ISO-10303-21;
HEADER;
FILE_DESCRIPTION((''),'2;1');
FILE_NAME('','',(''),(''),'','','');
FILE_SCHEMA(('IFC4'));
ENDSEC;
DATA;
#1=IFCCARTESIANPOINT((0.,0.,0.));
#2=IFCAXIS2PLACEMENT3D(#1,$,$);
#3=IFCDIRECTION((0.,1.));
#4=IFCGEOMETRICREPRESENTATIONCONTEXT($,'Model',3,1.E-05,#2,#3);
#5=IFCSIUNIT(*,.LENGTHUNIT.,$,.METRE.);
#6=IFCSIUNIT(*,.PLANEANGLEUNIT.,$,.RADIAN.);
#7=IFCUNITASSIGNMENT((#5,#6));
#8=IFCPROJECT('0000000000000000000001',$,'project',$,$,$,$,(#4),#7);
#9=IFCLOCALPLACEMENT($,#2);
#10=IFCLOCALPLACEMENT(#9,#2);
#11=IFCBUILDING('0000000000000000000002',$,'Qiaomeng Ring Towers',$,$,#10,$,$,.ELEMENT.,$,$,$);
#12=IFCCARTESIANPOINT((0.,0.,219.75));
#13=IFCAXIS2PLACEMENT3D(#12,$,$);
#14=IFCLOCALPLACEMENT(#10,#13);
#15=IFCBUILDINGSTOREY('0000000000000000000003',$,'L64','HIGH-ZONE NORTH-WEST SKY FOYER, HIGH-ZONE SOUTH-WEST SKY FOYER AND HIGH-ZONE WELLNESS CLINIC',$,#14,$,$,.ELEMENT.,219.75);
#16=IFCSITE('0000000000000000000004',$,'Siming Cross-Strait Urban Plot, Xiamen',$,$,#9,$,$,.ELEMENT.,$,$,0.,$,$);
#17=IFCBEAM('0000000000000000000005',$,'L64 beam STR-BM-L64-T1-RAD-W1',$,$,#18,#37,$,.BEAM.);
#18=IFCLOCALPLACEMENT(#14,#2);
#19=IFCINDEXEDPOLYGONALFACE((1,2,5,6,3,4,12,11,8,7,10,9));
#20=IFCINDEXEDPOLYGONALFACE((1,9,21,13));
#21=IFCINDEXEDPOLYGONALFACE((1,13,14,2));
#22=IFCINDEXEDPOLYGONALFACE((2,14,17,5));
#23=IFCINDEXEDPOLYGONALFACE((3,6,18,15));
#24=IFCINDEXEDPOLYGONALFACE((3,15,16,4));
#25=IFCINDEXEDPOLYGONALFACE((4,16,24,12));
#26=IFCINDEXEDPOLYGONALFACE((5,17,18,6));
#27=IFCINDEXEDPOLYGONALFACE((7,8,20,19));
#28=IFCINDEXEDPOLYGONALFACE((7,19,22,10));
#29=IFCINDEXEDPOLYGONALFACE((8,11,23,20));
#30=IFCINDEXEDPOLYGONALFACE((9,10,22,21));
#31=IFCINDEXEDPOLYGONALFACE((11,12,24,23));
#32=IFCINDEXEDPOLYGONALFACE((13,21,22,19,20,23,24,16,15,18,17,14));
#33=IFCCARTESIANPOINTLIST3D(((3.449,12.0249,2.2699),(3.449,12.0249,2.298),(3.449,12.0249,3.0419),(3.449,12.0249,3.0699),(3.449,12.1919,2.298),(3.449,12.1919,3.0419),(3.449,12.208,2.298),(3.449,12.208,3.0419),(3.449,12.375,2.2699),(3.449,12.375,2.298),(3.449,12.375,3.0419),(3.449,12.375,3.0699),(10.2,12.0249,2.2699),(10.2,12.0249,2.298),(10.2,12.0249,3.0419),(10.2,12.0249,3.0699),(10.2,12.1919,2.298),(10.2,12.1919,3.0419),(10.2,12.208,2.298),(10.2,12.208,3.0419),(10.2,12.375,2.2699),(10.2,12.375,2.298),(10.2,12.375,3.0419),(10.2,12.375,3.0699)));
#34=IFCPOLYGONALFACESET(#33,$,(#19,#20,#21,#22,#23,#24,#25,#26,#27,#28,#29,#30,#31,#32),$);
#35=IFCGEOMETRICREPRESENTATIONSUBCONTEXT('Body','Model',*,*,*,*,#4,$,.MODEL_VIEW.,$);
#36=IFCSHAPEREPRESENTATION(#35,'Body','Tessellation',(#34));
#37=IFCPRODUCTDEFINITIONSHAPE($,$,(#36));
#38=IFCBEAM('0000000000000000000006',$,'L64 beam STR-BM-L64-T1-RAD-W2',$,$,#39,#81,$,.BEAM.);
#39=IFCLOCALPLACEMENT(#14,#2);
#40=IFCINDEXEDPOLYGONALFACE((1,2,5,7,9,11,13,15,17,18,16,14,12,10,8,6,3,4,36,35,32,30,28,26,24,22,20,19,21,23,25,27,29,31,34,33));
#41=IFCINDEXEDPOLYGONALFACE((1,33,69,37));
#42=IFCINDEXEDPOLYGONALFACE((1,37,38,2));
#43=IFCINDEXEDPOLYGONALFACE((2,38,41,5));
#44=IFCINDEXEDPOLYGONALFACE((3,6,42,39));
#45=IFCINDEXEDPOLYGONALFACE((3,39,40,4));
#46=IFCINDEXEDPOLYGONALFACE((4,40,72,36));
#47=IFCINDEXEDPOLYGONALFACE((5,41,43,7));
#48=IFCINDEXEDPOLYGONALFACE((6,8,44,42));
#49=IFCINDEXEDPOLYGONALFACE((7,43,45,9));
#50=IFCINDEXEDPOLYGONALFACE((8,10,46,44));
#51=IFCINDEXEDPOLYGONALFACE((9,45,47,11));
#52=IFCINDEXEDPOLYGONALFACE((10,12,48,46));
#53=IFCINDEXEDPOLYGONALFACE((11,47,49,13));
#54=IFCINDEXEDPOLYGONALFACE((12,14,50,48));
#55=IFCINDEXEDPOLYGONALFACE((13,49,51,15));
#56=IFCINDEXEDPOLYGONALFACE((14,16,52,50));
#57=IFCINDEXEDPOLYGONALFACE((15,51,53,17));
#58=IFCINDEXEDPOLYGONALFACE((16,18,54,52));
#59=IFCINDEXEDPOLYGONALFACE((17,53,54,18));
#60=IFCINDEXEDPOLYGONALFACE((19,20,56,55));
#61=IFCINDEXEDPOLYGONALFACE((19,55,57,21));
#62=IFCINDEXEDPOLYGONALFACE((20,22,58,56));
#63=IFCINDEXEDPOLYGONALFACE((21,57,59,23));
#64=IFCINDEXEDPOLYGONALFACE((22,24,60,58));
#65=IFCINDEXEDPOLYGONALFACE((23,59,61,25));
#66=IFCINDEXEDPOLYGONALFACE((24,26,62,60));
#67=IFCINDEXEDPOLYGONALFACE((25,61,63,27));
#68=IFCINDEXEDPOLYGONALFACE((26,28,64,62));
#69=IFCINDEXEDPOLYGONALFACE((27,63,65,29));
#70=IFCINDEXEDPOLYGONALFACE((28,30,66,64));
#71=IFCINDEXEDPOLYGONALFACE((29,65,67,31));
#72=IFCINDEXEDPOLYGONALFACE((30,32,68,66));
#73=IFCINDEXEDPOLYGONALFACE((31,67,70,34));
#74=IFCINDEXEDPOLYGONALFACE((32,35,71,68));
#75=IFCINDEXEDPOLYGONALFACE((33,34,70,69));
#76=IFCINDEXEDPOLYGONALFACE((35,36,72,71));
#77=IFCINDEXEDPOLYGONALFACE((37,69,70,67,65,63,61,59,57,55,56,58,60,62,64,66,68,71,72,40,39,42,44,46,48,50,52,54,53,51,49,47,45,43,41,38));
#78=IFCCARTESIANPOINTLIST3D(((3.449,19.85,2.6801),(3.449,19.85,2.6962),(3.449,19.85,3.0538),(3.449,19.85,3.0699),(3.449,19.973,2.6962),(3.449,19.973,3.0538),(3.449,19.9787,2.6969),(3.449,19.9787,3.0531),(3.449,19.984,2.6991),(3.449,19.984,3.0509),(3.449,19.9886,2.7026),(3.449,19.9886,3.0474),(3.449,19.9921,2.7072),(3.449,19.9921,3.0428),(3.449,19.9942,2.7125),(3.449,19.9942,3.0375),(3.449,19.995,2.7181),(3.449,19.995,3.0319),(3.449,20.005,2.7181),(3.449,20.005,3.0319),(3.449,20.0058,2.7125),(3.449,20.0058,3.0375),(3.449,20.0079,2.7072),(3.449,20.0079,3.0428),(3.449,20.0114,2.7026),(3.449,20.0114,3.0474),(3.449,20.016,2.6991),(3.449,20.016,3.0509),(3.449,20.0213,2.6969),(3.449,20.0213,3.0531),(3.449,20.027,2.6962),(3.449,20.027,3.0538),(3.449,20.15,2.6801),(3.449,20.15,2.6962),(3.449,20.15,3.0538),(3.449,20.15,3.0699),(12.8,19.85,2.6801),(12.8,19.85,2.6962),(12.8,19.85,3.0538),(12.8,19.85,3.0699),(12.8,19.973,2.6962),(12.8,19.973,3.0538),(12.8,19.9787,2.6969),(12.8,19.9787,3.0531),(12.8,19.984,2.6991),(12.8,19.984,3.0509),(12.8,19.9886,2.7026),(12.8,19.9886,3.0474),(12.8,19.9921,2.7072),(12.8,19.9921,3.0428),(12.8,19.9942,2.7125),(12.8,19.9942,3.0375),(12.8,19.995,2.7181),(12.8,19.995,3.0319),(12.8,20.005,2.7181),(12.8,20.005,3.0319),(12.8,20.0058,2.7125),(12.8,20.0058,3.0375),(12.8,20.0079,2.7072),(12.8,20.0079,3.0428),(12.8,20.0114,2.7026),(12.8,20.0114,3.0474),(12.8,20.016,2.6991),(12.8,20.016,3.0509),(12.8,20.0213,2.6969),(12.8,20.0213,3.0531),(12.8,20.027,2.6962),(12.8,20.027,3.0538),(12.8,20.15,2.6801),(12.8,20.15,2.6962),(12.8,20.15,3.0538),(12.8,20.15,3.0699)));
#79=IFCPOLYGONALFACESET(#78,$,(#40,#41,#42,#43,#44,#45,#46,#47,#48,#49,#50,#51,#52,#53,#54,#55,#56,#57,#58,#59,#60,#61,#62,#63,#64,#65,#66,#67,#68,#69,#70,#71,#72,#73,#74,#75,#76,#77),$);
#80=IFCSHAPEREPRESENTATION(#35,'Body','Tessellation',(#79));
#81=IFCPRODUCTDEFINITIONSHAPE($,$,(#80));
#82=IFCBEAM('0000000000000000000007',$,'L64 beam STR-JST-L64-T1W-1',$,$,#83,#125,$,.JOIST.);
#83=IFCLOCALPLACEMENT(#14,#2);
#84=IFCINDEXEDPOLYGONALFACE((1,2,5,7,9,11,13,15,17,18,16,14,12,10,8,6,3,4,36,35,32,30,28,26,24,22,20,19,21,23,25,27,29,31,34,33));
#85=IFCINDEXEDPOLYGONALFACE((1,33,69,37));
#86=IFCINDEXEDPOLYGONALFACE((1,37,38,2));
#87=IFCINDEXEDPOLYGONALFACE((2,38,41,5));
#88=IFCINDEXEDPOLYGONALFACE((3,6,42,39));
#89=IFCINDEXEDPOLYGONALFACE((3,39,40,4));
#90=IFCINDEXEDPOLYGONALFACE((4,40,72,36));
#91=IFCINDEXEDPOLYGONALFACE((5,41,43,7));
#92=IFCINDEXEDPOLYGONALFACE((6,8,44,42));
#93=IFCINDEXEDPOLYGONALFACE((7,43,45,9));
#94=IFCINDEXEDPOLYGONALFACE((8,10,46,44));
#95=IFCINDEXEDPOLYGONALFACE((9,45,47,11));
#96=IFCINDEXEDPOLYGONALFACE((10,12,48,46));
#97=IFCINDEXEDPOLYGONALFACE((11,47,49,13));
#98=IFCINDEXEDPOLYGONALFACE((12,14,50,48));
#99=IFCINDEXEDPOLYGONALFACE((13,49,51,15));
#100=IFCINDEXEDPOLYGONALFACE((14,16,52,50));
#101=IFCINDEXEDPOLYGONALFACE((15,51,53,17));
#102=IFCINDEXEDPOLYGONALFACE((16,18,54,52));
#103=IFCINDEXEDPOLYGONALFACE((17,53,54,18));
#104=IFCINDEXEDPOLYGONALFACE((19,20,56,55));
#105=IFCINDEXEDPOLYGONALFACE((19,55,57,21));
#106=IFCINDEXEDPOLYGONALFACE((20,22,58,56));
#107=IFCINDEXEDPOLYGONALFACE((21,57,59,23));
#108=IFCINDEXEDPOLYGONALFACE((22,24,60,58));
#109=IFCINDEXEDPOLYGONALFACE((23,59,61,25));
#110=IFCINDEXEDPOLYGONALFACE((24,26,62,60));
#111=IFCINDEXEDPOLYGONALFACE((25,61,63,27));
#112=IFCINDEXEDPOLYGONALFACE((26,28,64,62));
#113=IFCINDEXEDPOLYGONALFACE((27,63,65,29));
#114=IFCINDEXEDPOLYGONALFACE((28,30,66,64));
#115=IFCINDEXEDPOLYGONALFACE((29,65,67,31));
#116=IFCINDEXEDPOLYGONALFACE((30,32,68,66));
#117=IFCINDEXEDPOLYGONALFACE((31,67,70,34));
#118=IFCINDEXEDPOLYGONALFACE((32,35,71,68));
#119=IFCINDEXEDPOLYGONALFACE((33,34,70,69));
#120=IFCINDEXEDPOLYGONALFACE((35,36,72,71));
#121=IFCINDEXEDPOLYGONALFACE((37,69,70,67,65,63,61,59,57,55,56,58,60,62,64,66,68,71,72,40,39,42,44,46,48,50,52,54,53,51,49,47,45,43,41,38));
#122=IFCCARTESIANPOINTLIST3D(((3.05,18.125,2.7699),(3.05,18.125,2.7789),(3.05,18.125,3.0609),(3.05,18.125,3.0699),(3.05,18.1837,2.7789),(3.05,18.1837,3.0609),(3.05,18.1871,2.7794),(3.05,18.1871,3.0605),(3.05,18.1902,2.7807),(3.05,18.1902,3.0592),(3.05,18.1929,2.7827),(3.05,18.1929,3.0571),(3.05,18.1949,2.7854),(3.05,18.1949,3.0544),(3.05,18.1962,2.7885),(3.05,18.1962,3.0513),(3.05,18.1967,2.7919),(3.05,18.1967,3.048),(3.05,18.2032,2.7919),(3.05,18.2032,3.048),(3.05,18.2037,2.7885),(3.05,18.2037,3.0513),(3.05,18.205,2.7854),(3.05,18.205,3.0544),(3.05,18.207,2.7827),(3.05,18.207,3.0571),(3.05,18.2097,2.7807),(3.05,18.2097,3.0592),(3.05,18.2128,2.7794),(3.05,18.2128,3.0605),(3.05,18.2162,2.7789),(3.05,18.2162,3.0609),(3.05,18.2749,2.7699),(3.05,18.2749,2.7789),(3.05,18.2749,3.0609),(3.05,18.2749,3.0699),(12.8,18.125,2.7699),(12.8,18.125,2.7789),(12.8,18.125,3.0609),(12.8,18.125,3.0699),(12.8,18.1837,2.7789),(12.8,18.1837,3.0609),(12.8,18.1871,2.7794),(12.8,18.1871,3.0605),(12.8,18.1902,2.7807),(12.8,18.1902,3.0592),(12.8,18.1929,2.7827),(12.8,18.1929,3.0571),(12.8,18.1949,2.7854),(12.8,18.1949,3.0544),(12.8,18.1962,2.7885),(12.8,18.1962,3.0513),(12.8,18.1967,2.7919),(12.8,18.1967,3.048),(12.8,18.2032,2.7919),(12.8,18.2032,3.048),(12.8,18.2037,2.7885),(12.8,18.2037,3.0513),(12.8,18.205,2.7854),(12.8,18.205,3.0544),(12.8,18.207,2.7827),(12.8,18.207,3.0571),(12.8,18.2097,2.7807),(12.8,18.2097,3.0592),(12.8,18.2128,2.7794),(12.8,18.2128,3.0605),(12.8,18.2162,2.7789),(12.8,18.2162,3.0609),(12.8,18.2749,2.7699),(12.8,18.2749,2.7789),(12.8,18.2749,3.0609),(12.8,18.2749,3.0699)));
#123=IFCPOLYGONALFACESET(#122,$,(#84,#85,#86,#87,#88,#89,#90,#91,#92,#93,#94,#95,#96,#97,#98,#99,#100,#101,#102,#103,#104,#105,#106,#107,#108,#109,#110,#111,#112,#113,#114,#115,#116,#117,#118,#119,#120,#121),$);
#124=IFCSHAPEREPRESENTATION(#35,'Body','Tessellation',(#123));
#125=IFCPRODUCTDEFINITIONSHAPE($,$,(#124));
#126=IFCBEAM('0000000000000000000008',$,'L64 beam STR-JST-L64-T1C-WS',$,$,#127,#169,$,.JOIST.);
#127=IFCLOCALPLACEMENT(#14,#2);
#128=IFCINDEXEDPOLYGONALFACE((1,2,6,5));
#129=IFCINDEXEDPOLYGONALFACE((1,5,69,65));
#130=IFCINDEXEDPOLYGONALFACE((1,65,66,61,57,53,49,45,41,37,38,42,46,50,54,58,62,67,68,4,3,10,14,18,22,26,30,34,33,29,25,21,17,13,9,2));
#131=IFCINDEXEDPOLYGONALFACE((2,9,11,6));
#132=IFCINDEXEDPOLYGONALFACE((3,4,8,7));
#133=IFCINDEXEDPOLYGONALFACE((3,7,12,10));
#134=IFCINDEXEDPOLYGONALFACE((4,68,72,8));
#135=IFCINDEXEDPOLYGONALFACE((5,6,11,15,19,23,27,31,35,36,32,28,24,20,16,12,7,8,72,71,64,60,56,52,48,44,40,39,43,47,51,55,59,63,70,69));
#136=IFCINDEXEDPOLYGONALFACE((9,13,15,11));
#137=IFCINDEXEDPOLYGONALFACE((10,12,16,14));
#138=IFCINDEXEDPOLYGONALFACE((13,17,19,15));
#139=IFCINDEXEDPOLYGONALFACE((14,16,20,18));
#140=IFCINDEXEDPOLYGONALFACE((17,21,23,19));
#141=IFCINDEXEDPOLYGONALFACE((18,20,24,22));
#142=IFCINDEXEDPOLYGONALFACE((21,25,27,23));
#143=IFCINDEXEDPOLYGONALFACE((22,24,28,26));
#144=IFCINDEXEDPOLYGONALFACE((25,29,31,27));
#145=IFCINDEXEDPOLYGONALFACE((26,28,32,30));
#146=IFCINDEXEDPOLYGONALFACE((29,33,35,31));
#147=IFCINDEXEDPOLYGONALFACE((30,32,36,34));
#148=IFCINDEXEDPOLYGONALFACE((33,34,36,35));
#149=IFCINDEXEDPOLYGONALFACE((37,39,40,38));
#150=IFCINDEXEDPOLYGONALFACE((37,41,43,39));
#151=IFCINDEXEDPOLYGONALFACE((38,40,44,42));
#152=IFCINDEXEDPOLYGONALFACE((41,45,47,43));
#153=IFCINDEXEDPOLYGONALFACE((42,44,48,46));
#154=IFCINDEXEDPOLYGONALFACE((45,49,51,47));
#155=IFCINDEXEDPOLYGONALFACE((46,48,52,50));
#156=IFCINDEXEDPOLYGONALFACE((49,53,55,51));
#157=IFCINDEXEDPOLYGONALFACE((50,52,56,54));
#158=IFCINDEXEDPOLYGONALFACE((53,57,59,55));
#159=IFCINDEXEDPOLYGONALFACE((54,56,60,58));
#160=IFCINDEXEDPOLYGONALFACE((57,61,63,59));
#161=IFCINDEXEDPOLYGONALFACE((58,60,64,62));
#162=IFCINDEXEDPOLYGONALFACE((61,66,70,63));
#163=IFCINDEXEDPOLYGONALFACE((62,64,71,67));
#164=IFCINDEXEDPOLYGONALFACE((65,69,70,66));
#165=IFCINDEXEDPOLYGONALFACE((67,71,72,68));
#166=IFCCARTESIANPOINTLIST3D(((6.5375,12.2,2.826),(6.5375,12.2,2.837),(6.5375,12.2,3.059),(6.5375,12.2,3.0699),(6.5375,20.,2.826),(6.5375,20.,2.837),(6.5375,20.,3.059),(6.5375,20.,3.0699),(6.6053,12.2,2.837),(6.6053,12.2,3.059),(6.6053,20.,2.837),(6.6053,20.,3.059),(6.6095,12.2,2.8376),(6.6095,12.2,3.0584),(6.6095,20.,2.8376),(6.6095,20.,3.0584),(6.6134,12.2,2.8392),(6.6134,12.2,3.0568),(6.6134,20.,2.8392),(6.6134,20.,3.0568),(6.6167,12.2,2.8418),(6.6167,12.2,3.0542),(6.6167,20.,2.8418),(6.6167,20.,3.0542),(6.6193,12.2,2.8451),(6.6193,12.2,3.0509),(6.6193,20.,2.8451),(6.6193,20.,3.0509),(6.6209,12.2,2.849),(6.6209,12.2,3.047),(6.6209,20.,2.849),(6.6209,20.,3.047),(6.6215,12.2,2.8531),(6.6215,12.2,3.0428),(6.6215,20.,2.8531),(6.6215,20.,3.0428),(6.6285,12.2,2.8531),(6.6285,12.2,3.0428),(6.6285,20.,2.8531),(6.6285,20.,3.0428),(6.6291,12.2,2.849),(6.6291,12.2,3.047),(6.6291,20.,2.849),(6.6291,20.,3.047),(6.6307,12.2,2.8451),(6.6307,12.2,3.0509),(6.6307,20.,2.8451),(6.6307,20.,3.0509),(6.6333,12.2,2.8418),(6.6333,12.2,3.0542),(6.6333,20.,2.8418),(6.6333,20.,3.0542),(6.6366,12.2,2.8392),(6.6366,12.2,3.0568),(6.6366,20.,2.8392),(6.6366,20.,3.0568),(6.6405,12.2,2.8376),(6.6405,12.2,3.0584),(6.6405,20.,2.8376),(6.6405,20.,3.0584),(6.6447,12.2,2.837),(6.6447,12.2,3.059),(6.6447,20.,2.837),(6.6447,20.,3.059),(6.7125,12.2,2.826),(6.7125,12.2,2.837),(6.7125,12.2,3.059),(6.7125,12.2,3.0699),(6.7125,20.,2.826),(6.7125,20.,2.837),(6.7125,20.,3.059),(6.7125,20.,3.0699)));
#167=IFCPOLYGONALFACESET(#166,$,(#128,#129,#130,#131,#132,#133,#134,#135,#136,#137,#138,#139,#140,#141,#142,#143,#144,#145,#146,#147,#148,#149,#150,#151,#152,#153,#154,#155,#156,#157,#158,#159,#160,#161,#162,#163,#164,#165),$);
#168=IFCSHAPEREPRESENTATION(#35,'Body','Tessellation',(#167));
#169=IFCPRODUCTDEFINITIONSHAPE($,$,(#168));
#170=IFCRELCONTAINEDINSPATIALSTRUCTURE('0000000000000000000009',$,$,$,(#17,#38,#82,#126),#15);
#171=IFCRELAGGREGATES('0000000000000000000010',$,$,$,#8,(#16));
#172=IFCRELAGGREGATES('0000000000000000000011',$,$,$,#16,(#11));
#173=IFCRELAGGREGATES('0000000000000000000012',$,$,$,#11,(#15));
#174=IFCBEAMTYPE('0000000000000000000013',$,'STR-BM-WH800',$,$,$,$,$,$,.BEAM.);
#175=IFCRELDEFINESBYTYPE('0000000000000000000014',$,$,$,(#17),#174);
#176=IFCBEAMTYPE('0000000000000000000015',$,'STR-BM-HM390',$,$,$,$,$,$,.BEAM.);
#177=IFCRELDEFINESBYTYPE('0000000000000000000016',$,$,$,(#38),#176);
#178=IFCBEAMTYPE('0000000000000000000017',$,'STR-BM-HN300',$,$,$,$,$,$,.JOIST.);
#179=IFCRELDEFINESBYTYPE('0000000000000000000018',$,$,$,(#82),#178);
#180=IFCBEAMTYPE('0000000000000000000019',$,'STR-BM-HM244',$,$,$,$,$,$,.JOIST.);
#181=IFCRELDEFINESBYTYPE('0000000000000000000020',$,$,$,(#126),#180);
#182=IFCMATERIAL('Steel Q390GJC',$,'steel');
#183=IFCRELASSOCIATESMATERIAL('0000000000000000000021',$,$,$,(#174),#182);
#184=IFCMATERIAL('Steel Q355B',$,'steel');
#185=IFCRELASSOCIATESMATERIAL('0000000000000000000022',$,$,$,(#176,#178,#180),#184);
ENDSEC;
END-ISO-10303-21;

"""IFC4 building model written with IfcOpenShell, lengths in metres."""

from ifc_helpers import new_model, si_unit, direction, frame, origin, origin_2d, place, context, subcontext, project, spatial, i_section, extrude, source, transform, mapped, material, material_profile, profile_set, type_object, element, save


model = new_model("IFC4")

# Units and contexts
model_context = context("Model", 3, precision=1e-05, world=origin(), true_north=direction((0.0, 1.0)))
body_context = subcontext(model_context, "Body", "Model", "MODEL_VIEW")
ifc_project = project(units=[si_unit("LENGTHUNIT", "METRE"), si_unit("PLANEANGLEUNIT", "RADIAN")], contexts=[model_context])

# Site, building, storey
site_placement = place(None, origin())
site = spatial("IfcSite", under=ifc_project, at=site_placement, Name="Siming Cross-Strait Urban Plot, Xiamen", CompositionType="ELEMENT", RefElevation=0.0)
building_placement = place(site_placement, origin())
building = spatial("IfcBuilding", under=site, at=building_placement, Name="Qiaomeng Ring Towers", CompositionType="ELEMENT")
storey_placement = place(building_placement, frame((0.0, 0.0, 219.75)))
storey = spatial("IfcBuildingStorey", under=building, at=storey_placement, Name="L64", Description="HIGH-ZONE NORTH-WEST SKY FOYER, HIGH-ZONE SOUTH-WEST SKY FOYER AND HIGH-ZONE WELLNESS CLINIC", CompositionType="ELEMENT", Elevation=219.75)

# Beams
ifc_material_1 = material(Name="Steel Q355B", Category="steel")
ifc_material_2 = material(Name="Steel Q390GJC", Category="steel")
ifc_material_profile_1 = material_profile(ifc_material_2, i_section(OverallWidth=0.3501, OverallDepth=0.8, WebThickness=0.0161, FlangeThickness=0.0281, at=origin_2d()), Name="WH 800x350x16x28")
ifc_profile_set_1 = profile_set([ifc_material_profile_1], Name="Steel Q390GJC")
beam_type_1 = type_object("IfcBeamType", Name="STR-BM-WH800", PredefinedType="BEAM", material=ifc_profile_set_1)
shared_shape_1 = source(origin(), body_context, "Body", "SweptSolid", [
    extrude(i_section(OverallWidth=0.3501, OverallDepth=0.8, WebThickness=0.0161, FlangeThickness=0.0281, at=origin_2d()), origin(), (0.0, 0.0, 1.0), 6.751),
])
beam_1_placement = place(storey_placement, frame((3.449, 12.2, 2.6699), z_axis=(1.0, 0.0, 0.0), x_axis=(0.0, 1.0, 0.0)))
element("IfcBeam", 1, at=beam_1_placement, inside=storey, type_object=beam_type_1, Name="L64 beam STR-BM-L64-T1-RAD-W1", PredefinedType="BEAM", context=body_context, shape_type="MappedRepresentation", body=[
    mapped(shared_shape_1, transform((0.0, 0.0, 0.0), x_axis=(1.0, 0.0, 0.0), y_axis=(0.0, 1.0, 0.0), z_axis=(0.0, 0.0, 1.0), scale=1.0)),
])
ifc_material_profile_2 = material_profile(ifc_material_1, i_section(OverallWidth=0.3, OverallDepth=0.3899, WebThickness=0.01, FlangeThickness=0.0161, FilletRadius=0.022, at=origin_2d()), Name="HM 390x300x10x16")
ifc_profile_set_2 = profile_set([ifc_material_profile_2], Name="Steel Q355B")
beam_type_2 = type_object("IfcBeamType", Name="STR-BM-HM390", PredefinedType="BEAM", material=ifc_profile_set_2)
shared_shape_2 = source(origin(), body_context, "Body", "SweptSolid", [
    extrude(i_section(OverallWidth=0.3, OverallDepth=0.3899, WebThickness=0.01, FlangeThickness=0.0161, FilletRadius=0.022, at=origin_2d()), origin(), (0.0, 0.0, 1.0), 9.3511),
])
beam_2_placement = place(storey_placement, frame((3.449, 20.0, 2.875), z_axis=(1.0, 0.0, 0.0), x_axis=(0.0, 1.0, 0.0)))
element("IfcBeam", 2, at=beam_2_placement, inside=storey, type_object=beam_type_2, Name="L64 beam STR-BM-L64-T1-RAD-W2", PredefinedType="BEAM", context=body_context, shape_type="MappedRepresentation", body=[
    mapped(shared_shape_2, transform((0.0, 0.0, 0.0), x_axis=(1.0, 0.0, 0.0), y_axis=(0.0, 1.0, 0.0), z_axis=(0.0, 0.0, 1.0), scale=1.0)),
])
ifc_material_profile_3 = material_profile(ifc_material_1, i_section(OverallWidth=0.1499, OverallDepth=0.3, WebThickness=0.0066, FlangeThickness=0.009, FilletRadius=0.0129, at=origin_2d()), Name="HN 300x150x6.5x9")
ifc_profile_set_3 = profile_set([ifc_material_profile_3], Name="Steel Q355B")
beam_type_3 = type_object("IfcBeamType", Name="STR-BM-HN300", PredefinedType="JOIST", material=ifc_profile_set_3)
shared_shape_3 = source(origin(), body_context, "Body", "SweptSolid", [
    extrude(i_section(OverallWidth=0.1499, OverallDepth=0.3, WebThickness=0.0066, FlangeThickness=0.009, FilletRadius=0.0129, at=origin_2d()), origin(), (0.0, 0.0, 1.0), 9.75),
])
beam_3_placement = place(storey_placement, frame((3.05, 18.2, 2.9199), z_axis=(1.0, 0.0, 0.0), x_axis=(0.0, 1.0, 0.0)))
element("IfcBeam", 3, at=beam_3_placement, inside=storey, type_object=beam_type_3, Name="L64 beam STR-JST-L64-T1W-1", PredefinedType="JOIST", context=body_context, shape_type="MappedRepresentation", body=[
    mapped(shared_shape_3, transform((0.0, 0.0, 0.0), x_axis=(1.0, 0.0, 0.0), y_axis=(0.0, 1.0, 0.0), z_axis=(0.0, 0.0, 1.0), scale=1.0)),
])
ifc_material_profile_4 = material_profile(ifc_material_1, i_section(OverallWidth=0.175, OverallDepth=0.2439, WebThickness=0.0071, FlangeThickness=0.011, FilletRadius=0.0161, at=origin_2d()), Name="HM 244x175x7x11")
ifc_profile_set_4 = profile_set([ifc_material_profile_4], Name="Steel Q355B")
beam_type_4 = type_object("IfcBeamType", Name="STR-BM-HM244", PredefinedType="JOIST", material=ifc_profile_set_4)
shared_shape_4 = source(origin(), body_context, "Body", "SweptSolid", [
    extrude(i_section(OverallWidth=0.175, OverallDepth=0.2439, WebThickness=0.0071, FlangeThickness=0.011, FilletRadius=0.0161, at=origin_2d()), origin(), (0.0, 0.0, 1.0), 7.8),
])
beam_4_placement = place(storey_placement, frame((6.625, 12.2, 2.948), z_axis=(0.0, 1.0, 0.0), x_axis=(-1.0, 0.0, 0.0)))
element("IfcBeam", 4, at=beam_4_placement, inside=storey, type_object=beam_type_4, Name="L64 beam STR-JST-L64-T1C-WS", PredefinedType="JOIST", context=body_context, shape_type="MappedRepresentation", body=[
    mapped(shared_shape_4, transform((0.0, 0.0, 0.0), x_axis=(1.0, 0.0, 0.0), y_axis=(0.0, 1.0, 0.0), z_axis=(0.0, 0.0, 1.0), scale=1.0)),
])

save(model, "model.ifc")
